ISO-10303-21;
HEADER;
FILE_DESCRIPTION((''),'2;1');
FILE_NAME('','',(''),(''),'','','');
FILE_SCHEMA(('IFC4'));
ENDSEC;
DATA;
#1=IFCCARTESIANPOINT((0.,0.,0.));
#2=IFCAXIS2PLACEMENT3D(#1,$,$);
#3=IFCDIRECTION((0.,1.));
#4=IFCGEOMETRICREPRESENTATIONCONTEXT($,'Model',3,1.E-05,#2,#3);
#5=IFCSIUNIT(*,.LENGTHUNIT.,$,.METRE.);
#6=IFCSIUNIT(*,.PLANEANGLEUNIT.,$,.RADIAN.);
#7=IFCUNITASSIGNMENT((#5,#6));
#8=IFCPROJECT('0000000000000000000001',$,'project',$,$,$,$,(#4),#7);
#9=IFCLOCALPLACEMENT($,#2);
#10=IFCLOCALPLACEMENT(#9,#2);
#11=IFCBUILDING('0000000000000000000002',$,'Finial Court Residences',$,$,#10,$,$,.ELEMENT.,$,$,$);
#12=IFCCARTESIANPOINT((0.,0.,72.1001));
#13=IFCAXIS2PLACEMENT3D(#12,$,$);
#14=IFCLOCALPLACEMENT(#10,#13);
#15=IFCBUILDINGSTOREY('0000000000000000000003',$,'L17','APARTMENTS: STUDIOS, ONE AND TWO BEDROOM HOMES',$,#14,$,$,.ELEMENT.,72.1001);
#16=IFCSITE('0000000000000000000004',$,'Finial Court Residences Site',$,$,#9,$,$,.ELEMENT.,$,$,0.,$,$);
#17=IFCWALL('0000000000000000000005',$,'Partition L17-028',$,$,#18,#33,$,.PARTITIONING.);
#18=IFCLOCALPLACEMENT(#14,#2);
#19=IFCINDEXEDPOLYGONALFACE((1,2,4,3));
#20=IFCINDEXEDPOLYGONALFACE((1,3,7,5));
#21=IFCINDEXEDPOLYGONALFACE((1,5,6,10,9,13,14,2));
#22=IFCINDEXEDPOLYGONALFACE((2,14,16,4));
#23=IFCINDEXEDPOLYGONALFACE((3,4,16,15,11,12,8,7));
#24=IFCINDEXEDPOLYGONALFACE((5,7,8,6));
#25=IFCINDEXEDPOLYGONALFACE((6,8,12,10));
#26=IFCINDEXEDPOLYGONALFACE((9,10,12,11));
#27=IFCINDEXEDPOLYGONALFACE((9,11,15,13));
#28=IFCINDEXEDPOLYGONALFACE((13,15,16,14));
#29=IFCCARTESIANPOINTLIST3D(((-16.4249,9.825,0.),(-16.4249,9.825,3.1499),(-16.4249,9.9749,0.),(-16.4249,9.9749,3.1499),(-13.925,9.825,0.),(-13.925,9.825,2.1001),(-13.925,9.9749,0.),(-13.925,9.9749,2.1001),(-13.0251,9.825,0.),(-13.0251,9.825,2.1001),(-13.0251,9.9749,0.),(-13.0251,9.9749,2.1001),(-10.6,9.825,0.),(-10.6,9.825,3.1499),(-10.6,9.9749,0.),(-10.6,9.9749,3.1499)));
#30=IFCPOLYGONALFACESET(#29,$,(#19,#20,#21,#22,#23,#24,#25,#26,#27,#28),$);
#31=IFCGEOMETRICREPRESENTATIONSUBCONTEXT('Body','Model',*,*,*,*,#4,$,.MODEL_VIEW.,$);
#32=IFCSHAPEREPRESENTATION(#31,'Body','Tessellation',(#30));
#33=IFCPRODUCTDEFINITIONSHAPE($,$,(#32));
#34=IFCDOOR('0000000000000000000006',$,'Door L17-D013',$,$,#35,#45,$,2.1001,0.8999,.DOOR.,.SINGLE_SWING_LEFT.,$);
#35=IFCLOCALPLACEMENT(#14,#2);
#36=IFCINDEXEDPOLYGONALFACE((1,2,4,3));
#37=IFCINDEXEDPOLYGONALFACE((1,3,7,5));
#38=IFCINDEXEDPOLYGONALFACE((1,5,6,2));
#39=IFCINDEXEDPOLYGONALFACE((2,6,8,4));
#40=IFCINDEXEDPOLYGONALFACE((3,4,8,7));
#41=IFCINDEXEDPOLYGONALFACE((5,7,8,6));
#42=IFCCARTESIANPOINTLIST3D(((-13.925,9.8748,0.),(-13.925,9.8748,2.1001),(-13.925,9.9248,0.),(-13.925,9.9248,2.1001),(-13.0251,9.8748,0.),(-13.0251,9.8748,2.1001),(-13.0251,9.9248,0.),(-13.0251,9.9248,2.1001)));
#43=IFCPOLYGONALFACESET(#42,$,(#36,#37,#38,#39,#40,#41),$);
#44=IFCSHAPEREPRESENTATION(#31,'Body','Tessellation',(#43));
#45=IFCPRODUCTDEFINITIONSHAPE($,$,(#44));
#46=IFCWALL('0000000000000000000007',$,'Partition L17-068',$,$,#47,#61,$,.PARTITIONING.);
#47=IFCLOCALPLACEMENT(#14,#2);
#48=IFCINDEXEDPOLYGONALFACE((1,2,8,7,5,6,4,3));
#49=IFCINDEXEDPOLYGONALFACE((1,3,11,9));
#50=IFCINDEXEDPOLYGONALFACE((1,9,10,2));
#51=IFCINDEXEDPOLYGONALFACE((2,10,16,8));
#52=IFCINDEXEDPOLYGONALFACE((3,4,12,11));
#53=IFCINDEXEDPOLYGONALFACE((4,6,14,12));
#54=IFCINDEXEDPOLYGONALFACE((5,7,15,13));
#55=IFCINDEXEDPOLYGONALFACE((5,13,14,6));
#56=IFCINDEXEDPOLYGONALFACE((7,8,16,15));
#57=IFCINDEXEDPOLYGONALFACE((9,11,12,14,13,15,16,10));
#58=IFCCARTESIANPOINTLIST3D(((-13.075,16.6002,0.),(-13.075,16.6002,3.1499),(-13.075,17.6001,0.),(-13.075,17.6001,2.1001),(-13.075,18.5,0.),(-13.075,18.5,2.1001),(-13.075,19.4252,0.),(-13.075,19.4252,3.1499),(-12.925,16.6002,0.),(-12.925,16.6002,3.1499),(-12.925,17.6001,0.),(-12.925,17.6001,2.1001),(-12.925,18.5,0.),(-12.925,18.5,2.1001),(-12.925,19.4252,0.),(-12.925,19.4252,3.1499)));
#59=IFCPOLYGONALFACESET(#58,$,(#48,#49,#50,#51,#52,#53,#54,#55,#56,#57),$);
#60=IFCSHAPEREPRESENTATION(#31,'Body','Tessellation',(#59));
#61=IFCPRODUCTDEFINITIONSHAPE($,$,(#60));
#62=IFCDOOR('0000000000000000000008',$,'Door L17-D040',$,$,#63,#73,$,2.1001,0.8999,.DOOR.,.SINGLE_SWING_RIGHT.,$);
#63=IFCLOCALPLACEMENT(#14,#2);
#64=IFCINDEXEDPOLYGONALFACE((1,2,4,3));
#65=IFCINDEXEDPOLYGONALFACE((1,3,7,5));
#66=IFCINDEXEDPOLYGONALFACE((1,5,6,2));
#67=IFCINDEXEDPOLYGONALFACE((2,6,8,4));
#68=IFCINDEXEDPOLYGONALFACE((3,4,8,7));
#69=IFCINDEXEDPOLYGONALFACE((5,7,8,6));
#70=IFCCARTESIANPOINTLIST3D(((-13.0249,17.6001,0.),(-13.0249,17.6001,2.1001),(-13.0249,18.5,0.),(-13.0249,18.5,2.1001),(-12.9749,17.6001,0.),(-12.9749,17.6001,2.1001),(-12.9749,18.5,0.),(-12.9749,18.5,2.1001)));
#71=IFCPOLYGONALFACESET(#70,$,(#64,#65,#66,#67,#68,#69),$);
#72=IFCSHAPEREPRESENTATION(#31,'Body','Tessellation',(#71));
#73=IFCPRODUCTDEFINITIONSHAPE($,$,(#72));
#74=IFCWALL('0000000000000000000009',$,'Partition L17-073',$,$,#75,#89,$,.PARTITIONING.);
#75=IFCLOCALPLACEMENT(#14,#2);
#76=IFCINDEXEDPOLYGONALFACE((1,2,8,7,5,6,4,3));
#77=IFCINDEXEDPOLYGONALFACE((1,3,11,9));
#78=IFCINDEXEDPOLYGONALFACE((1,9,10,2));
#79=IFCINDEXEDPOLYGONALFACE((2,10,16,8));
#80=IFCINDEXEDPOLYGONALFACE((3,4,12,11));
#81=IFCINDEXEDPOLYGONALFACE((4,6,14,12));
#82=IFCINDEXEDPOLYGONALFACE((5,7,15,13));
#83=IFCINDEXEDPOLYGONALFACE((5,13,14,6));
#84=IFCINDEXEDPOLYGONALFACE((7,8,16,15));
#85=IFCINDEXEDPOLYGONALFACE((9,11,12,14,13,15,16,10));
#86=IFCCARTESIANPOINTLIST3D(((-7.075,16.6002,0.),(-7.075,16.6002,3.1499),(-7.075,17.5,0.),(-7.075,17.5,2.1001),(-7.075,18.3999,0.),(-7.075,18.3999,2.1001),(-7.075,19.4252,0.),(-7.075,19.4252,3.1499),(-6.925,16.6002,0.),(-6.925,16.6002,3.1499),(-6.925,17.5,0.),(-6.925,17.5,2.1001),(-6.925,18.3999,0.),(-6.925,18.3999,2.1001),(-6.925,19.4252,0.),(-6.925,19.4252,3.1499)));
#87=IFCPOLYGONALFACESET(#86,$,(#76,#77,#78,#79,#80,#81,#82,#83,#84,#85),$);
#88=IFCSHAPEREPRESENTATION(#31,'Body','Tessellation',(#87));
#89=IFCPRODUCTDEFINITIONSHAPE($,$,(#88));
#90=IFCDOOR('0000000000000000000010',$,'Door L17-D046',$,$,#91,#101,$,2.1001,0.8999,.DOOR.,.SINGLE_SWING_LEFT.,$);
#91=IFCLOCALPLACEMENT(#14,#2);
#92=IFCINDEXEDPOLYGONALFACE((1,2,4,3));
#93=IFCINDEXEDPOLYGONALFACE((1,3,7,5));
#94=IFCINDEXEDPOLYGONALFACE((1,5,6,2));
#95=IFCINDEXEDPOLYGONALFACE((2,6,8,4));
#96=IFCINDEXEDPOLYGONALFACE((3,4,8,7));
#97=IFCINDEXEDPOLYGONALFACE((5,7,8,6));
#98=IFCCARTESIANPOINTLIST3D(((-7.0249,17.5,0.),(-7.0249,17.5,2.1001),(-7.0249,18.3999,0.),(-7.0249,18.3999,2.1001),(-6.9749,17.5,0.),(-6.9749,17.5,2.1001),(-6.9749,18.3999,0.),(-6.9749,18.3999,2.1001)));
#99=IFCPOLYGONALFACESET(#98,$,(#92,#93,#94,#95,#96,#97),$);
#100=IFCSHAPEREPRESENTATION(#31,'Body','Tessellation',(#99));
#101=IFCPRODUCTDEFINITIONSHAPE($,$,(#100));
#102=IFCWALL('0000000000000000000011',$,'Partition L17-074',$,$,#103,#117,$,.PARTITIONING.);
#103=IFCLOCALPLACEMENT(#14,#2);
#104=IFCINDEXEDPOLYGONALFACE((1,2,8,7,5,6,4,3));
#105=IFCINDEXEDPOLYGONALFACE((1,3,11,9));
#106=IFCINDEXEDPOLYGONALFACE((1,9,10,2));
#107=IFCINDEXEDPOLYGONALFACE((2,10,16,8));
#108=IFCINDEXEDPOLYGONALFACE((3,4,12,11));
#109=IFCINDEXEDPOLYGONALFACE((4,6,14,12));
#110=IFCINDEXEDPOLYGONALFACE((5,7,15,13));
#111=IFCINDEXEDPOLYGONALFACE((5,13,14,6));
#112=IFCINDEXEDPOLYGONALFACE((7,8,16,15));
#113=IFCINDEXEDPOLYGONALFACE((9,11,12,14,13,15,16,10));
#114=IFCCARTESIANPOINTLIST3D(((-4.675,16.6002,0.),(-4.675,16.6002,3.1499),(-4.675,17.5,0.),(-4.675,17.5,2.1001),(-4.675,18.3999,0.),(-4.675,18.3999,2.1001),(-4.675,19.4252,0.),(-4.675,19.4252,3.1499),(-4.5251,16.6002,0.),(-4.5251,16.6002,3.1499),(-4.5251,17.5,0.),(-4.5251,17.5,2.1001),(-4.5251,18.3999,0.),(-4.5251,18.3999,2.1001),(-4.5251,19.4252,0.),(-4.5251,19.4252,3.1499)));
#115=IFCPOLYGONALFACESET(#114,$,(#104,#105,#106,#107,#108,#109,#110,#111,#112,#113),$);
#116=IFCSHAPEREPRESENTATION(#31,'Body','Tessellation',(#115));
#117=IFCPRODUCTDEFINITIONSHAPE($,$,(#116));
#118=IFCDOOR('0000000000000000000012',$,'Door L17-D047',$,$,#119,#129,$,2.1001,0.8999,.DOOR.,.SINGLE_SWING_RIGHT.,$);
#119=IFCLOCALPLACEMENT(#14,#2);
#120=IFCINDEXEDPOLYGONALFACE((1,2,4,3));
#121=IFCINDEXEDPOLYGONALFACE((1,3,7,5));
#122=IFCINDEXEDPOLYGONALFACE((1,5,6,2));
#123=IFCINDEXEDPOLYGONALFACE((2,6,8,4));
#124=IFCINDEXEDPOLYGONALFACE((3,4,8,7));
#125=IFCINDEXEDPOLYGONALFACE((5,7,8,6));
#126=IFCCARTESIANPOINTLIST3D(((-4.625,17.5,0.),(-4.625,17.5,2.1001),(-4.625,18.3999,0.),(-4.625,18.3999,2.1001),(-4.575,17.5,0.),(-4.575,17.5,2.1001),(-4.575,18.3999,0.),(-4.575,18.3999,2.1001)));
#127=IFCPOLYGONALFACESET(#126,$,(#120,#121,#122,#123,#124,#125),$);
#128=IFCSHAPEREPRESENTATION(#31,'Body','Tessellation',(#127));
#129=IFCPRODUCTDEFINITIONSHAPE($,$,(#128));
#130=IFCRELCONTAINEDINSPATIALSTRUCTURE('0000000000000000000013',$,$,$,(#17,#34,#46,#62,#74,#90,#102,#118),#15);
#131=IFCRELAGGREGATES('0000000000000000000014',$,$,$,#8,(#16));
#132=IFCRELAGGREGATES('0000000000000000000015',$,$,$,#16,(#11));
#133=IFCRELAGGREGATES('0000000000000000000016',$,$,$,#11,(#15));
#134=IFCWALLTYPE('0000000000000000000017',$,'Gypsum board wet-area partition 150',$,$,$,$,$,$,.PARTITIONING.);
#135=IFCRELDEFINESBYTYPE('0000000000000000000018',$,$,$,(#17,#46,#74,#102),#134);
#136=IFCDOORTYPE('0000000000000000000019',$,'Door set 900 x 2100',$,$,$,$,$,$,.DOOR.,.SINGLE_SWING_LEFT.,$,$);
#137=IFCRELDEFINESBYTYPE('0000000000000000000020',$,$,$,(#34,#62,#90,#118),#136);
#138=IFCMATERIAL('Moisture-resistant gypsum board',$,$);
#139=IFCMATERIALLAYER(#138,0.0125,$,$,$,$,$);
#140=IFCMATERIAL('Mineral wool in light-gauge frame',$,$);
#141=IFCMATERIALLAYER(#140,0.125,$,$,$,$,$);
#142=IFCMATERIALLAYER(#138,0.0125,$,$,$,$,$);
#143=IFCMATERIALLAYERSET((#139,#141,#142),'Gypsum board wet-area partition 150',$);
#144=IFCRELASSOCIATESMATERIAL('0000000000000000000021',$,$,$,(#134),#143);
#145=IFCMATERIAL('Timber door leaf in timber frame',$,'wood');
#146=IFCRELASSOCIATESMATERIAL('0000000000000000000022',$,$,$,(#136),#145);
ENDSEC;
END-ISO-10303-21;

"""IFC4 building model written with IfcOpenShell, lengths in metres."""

from ifc_helpers import new_model, si_unit, direction, frame, frame_2d, origin, place, context, subcontext, project, spatial, rectangle, extrude, material, layer, layer_set, type_object, element, fill, save


model = new_model("IFC4")

# Units and contexts
model_context = context("Model", 3, precision=1e-05, world=origin(), true_north=direction((0.0, 1.0)))
body_context = subcontext(model_context, "Body", "Model", "MODEL_VIEW")
ifc_project = project(units=[si_unit("LENGTHUNIT", "METRE"), si_unit("PLANEANGLEUNIT", "RADIAN")], contexts=[model_context])

# Site, building, storey
site_placement = place(None, origin())
site = spatial("IfcSite", under=ifc_project, at=site_placement, Name="Finial Court Residences Site", CompositionType="ELEMENT", RefElevation=0.0)
building_placement = place(site_placement, origin())
building = spatial("IfcBuilding", under=site, at=building_placement, Name="Finial Court Residences", CompositionType="ELEMENT")
storey_placement = place(building_placement, frame((0.0, 0.0, 72.1001)))
storey = spatial("IfcBuildingStorey", under=building, at=storey_placement, Name="L17", Description="APARTMENTS: STUDIOS, ONE AND TWO BEDROOM HOMES", CompositionType="ELEMENT", Elevation=72.1001)

# Shared definitions
ifc_material_1 = material(Name="Mineral wool in light-gauge frame")
ifc_material_2 = material(Name="Moisture-resistant gypsum board")
ifc_layer_1 = layer(ifc_material_2, 0.0125)
ifc_layer_2 = layer(ifc_material_1, 0.125)
ifc_layer_3 = layer(ifc_material_2, 0.0125)
ifc_layer_set_1 = layer_set([ifc_layer_1, ifc_layer_2, ifc_layer_3], Name="Gypsum board wet-area partition 150")
wall_type_1 = type_object("IfcWallType", Name="Gypsum board wet-area partition 150", PredefinedType="PARTITIONING", material=ifc_layer_set_1)

# Walls, openings, doors
wall_1_placement = place(storey_placement, frame((-16.425, 9.8999, 0.0), z_axis=(0.0, 0.0, 1.0), x_axis=(1.0, 0.0, 0.0)))
wall_1 = element("IfcWall", 1, at=wall_1_placement, inside=storey, type_object=wall_type_1, Name="Partition L17-028", PredefinedType="PARTITIONING", context=body_context, shape_type="SweptSolid", body=[
    extrude(rectangle(XDim=5.825, YDim=0.1499, at=frame_2d((2.9126, 0.0))), origin(), (0.0, 0.0, 1.0), 3.1499),
])
opening_1_placement = place(wall_1_placement, frame((2.5, 0.0, 0.0)))
opening_1 = element("IfcOpeningElement", 2, at=opening_1_placement, cuts=wall_1, PredefinedType="OPENING", context=body_context, shape_type="SweptSolid", body=[
    extrude(rectangle(XDim=0.8999, YDim=2.1001, at=frame_2d((0.45, 1.05))), frame((0.0, 0.085, 0.0), z_axis=(0.0, -1.0, 0.0), x_axis=(1.0, 0.0, 0.0)), (0.0, 0.0, 1.0), 0.1699),
])
ifc_material_3 = material(Name="Timber door leaf in timber frame", Category="wood")
door_type_1 = type_object("IfcDoorType", Name="Door set 900 x 2100", OperationType="SINGLE_SWING_LEFT", PredefinedType="DOOR", material=ifc_material_3)
door_1_placement = place(opening_1_placement, origin())
door_1 = element("IfcDoor", 3, at=door_1_placement, inside=storey, type_object=door_type_1, Name="Door L17-D013", OperationType="SINGLE_SWING_LEFT", OverallHeight=2.1001, OverallWidth=0.8999, PredefinedType="DOOR", context=body_context, shape_type="SweptSolid", body=[
    extrude(rectangle(XDim=0.8999, YDim=2.1001, at=frame_2d((0.45, 1.05))), frame((0.0, 0.0249, 0.0), z_axis=(0.0, -1.0, 0.0), x_axis=(1.0, 0.0, 0.0)), (0.0, 0.0, 1.0), 0.05),
])
fill(opening_1, door_1)
wall_2_placement = place(storey_placement, frame((-13.0, 16.6001, 0.0), z_axis=(0.0, 0.0, 1.0), x_axis=(0.0, 1.0, 0.0)))
wall_2 = element("IfcWall", 4, at=wall_2_placement, inside=storey, type_object=wall_type_1, Name="Partition L17-068", PredefinedType="PARTITIONING", context=body_context, shape_type="SweptSolid", body=[
    extrude(rectangle(XDim=2.825, YDim=0.1499, at=frame_2d((1.4126, 0.0))), origin(), (0.0, 0.0, 1.0), 3.1499),
])
opening_2_placement = place(wall_2_placement, frame((1.0, 0.0, 0.0)))
opening_2 = element("IfcOpeningElement", 5, at=opening_2_placement, cuts=wall_2, PredefinedType="OPENING", context=body_context, shape_type="SweptSolid", body=[
    extrude(rectangle(XDim=0.8999, YDim=2.1001, at=frame_2d((0.45, 1.05))), frame((0.0, 0.085, 0.0), z_axis=(0.0, -1.0, 0.0), x_axis=(1.0, 0.0, 0.0)), (0.0, 0.0, 1.0), 0.1699),
])
door_2_placement = place(opening_2_placement, origin())
door_2 = element("IfcDoor", 6, at=door_2_placement, inside=storey, type_object=door_type_1, Name="Door L17-D040", OperationType="SINGLE_SWING_RIGHT", OverallHeight=2.1001, OverallWidth=0.8999, PredefinedType="DOOR", context=body_context, shape_type="SweptSolid", body=[
    extrude(rectangle(XDim=0.8999, YDim=2.1001, at=frame_2d((0.45, 1.05))), frame((0.0, 0.0249, 0.0), z_axis=(0.0, -1.0, 0.0), x_axis=(1.0, 0.0, 0.0)), (0.0, 0.0, 1.0), 0.05),
])
fill(opening_2, door_2)
wall_3_placement = place(storey_placement, frame((-7.0, 16.6001, 0.0), z_axis=(0.0, 0.0, 1.0), x_axis=(0.0, 1.0, 0.0)))
wall_3 = element("IfcWall", 7, at=wall_3_placement, inside=storey, type_object=wall_type_1, Name="Partition L17-073", PredefinedType="PARTITIONING", context=body_context, shape_type="SweptSolid", body=[
    extrude(rectangle(XDim=2.825, YDim=0.1499, at=frame_2d((1.4126, 0.0))), origin(), (0.0, 0.0, 1.0), 3.1499),
])
opening_3_placement = place(wall_3_placement, frame((0.8999, 0.0, 0.0)))
opening_3 = element("IfcOpeningElement", 8, at=opening_3_placement, cuts=wall_3, PredefinedType="OPENING", context=body_context, shape_type="SweptSolid", body=[
    extrude(rectangle(XDim=0.8999, YDim=2.1001, at=frame_2d((0.45, 1.05))), frame((0.0, 0.085, 0.0), z_axis=(0.0, -1.0, 0.0), x_axis=(1.0, 0.0, 0.0)), (0.0, 0.0, 1.0), 0.1699),
])
door_3_placement = place(opening_3_placement, origin())
door_3 = element("IfcDoor", 9, at=door_3_placement, inside=storey, type_object=door_type_1, Name="Door L17-D046", OperationType="SINGLE_SWING_LEFT", OverallHeight=2.1001, OverallWidth=0.8999, PredefinedType="DOOR", context=body_context, shape_type="SweptSolid", body=[
    extrude(rectangle(XDim=0.8999, YDim=2.1001, at=frame_2d((0.45, 1.05))), frame((0.0, 0.0249, 0.0), z_axis=(0.0, -1.0, 0.0), x_axis=(1.0, 0.0, 0.0)), (0.0, 0.0, 1.0), 0.05),
])
fill(opening_3, door_3)
wall_4_placement = place(storey_placement, frame((-4.6001, 16.6001, 0.0), z_axis=(0.0, 0.0, 1.0), x_axis=(0.0, 1.0, 0.0)))
wall_4 = element("IfcWall", 10, at=wall_4_placement, inside=storey, type_object=wall_type_1, Name="Partition L17-074", PredefinedType="PARTITIONING", context=body_context, shape_type="SweptSolid", body=[
    extrude(rectangle(XDim=2.825, YDim=0.1499, at=frame_2d((1.4126, 0.0))), origin(), (0.0, 0.0, 1.0), 3.1499),
])
opening_4_placement = place(wall_4_placement, frame((0.8999, 0.0, 0.0)))
opening_4 = element("IfcOpeningElement", 11, at=opening_4_placement, cuts=wall_4, PredefinedType="OPENING", context=body_context, shape_type="SweptSolid", body=[
    extrude(rectangle(XDim=0.8999, YDim=2.1001, at=frame_2d((0.45, 1.05))), frame((0.0, 0.085, 0.0), z_axis=(0.0, -1.0, 0.0), x_axis=(1.0, 0.0, 0.0)), (0.0, 0.0, 1.0), 0.1699),
])
door_4_placement = place(opening_4_placement, origin())
door_4 = element("IfcDoor", 12, at=door_4_placement, inside=storey, type_object=door_type_1, Name="Door L17-D047", OperationType="SINGLE_SWING_RIGHT", OverallHeight=2.1001, OverallWidth=0.8999, PredefinedType="DOOR", context=body_context, shape_type="SweptSolid", body=[
    extrude(rectangle(XDim=0.8999, YDim=2.1001, at=frame_2d((0.45, 1.05))), frame((0.0, 0.0249, 0.0), z_axis=(0.0, -1.0, 0.0), x_axis=(1.0, 0.0, 0.0)), (0.0, 0.0, 1.0), 0.05),
])
fill(opening_4, door_4)

save(model, "model.ifc")
